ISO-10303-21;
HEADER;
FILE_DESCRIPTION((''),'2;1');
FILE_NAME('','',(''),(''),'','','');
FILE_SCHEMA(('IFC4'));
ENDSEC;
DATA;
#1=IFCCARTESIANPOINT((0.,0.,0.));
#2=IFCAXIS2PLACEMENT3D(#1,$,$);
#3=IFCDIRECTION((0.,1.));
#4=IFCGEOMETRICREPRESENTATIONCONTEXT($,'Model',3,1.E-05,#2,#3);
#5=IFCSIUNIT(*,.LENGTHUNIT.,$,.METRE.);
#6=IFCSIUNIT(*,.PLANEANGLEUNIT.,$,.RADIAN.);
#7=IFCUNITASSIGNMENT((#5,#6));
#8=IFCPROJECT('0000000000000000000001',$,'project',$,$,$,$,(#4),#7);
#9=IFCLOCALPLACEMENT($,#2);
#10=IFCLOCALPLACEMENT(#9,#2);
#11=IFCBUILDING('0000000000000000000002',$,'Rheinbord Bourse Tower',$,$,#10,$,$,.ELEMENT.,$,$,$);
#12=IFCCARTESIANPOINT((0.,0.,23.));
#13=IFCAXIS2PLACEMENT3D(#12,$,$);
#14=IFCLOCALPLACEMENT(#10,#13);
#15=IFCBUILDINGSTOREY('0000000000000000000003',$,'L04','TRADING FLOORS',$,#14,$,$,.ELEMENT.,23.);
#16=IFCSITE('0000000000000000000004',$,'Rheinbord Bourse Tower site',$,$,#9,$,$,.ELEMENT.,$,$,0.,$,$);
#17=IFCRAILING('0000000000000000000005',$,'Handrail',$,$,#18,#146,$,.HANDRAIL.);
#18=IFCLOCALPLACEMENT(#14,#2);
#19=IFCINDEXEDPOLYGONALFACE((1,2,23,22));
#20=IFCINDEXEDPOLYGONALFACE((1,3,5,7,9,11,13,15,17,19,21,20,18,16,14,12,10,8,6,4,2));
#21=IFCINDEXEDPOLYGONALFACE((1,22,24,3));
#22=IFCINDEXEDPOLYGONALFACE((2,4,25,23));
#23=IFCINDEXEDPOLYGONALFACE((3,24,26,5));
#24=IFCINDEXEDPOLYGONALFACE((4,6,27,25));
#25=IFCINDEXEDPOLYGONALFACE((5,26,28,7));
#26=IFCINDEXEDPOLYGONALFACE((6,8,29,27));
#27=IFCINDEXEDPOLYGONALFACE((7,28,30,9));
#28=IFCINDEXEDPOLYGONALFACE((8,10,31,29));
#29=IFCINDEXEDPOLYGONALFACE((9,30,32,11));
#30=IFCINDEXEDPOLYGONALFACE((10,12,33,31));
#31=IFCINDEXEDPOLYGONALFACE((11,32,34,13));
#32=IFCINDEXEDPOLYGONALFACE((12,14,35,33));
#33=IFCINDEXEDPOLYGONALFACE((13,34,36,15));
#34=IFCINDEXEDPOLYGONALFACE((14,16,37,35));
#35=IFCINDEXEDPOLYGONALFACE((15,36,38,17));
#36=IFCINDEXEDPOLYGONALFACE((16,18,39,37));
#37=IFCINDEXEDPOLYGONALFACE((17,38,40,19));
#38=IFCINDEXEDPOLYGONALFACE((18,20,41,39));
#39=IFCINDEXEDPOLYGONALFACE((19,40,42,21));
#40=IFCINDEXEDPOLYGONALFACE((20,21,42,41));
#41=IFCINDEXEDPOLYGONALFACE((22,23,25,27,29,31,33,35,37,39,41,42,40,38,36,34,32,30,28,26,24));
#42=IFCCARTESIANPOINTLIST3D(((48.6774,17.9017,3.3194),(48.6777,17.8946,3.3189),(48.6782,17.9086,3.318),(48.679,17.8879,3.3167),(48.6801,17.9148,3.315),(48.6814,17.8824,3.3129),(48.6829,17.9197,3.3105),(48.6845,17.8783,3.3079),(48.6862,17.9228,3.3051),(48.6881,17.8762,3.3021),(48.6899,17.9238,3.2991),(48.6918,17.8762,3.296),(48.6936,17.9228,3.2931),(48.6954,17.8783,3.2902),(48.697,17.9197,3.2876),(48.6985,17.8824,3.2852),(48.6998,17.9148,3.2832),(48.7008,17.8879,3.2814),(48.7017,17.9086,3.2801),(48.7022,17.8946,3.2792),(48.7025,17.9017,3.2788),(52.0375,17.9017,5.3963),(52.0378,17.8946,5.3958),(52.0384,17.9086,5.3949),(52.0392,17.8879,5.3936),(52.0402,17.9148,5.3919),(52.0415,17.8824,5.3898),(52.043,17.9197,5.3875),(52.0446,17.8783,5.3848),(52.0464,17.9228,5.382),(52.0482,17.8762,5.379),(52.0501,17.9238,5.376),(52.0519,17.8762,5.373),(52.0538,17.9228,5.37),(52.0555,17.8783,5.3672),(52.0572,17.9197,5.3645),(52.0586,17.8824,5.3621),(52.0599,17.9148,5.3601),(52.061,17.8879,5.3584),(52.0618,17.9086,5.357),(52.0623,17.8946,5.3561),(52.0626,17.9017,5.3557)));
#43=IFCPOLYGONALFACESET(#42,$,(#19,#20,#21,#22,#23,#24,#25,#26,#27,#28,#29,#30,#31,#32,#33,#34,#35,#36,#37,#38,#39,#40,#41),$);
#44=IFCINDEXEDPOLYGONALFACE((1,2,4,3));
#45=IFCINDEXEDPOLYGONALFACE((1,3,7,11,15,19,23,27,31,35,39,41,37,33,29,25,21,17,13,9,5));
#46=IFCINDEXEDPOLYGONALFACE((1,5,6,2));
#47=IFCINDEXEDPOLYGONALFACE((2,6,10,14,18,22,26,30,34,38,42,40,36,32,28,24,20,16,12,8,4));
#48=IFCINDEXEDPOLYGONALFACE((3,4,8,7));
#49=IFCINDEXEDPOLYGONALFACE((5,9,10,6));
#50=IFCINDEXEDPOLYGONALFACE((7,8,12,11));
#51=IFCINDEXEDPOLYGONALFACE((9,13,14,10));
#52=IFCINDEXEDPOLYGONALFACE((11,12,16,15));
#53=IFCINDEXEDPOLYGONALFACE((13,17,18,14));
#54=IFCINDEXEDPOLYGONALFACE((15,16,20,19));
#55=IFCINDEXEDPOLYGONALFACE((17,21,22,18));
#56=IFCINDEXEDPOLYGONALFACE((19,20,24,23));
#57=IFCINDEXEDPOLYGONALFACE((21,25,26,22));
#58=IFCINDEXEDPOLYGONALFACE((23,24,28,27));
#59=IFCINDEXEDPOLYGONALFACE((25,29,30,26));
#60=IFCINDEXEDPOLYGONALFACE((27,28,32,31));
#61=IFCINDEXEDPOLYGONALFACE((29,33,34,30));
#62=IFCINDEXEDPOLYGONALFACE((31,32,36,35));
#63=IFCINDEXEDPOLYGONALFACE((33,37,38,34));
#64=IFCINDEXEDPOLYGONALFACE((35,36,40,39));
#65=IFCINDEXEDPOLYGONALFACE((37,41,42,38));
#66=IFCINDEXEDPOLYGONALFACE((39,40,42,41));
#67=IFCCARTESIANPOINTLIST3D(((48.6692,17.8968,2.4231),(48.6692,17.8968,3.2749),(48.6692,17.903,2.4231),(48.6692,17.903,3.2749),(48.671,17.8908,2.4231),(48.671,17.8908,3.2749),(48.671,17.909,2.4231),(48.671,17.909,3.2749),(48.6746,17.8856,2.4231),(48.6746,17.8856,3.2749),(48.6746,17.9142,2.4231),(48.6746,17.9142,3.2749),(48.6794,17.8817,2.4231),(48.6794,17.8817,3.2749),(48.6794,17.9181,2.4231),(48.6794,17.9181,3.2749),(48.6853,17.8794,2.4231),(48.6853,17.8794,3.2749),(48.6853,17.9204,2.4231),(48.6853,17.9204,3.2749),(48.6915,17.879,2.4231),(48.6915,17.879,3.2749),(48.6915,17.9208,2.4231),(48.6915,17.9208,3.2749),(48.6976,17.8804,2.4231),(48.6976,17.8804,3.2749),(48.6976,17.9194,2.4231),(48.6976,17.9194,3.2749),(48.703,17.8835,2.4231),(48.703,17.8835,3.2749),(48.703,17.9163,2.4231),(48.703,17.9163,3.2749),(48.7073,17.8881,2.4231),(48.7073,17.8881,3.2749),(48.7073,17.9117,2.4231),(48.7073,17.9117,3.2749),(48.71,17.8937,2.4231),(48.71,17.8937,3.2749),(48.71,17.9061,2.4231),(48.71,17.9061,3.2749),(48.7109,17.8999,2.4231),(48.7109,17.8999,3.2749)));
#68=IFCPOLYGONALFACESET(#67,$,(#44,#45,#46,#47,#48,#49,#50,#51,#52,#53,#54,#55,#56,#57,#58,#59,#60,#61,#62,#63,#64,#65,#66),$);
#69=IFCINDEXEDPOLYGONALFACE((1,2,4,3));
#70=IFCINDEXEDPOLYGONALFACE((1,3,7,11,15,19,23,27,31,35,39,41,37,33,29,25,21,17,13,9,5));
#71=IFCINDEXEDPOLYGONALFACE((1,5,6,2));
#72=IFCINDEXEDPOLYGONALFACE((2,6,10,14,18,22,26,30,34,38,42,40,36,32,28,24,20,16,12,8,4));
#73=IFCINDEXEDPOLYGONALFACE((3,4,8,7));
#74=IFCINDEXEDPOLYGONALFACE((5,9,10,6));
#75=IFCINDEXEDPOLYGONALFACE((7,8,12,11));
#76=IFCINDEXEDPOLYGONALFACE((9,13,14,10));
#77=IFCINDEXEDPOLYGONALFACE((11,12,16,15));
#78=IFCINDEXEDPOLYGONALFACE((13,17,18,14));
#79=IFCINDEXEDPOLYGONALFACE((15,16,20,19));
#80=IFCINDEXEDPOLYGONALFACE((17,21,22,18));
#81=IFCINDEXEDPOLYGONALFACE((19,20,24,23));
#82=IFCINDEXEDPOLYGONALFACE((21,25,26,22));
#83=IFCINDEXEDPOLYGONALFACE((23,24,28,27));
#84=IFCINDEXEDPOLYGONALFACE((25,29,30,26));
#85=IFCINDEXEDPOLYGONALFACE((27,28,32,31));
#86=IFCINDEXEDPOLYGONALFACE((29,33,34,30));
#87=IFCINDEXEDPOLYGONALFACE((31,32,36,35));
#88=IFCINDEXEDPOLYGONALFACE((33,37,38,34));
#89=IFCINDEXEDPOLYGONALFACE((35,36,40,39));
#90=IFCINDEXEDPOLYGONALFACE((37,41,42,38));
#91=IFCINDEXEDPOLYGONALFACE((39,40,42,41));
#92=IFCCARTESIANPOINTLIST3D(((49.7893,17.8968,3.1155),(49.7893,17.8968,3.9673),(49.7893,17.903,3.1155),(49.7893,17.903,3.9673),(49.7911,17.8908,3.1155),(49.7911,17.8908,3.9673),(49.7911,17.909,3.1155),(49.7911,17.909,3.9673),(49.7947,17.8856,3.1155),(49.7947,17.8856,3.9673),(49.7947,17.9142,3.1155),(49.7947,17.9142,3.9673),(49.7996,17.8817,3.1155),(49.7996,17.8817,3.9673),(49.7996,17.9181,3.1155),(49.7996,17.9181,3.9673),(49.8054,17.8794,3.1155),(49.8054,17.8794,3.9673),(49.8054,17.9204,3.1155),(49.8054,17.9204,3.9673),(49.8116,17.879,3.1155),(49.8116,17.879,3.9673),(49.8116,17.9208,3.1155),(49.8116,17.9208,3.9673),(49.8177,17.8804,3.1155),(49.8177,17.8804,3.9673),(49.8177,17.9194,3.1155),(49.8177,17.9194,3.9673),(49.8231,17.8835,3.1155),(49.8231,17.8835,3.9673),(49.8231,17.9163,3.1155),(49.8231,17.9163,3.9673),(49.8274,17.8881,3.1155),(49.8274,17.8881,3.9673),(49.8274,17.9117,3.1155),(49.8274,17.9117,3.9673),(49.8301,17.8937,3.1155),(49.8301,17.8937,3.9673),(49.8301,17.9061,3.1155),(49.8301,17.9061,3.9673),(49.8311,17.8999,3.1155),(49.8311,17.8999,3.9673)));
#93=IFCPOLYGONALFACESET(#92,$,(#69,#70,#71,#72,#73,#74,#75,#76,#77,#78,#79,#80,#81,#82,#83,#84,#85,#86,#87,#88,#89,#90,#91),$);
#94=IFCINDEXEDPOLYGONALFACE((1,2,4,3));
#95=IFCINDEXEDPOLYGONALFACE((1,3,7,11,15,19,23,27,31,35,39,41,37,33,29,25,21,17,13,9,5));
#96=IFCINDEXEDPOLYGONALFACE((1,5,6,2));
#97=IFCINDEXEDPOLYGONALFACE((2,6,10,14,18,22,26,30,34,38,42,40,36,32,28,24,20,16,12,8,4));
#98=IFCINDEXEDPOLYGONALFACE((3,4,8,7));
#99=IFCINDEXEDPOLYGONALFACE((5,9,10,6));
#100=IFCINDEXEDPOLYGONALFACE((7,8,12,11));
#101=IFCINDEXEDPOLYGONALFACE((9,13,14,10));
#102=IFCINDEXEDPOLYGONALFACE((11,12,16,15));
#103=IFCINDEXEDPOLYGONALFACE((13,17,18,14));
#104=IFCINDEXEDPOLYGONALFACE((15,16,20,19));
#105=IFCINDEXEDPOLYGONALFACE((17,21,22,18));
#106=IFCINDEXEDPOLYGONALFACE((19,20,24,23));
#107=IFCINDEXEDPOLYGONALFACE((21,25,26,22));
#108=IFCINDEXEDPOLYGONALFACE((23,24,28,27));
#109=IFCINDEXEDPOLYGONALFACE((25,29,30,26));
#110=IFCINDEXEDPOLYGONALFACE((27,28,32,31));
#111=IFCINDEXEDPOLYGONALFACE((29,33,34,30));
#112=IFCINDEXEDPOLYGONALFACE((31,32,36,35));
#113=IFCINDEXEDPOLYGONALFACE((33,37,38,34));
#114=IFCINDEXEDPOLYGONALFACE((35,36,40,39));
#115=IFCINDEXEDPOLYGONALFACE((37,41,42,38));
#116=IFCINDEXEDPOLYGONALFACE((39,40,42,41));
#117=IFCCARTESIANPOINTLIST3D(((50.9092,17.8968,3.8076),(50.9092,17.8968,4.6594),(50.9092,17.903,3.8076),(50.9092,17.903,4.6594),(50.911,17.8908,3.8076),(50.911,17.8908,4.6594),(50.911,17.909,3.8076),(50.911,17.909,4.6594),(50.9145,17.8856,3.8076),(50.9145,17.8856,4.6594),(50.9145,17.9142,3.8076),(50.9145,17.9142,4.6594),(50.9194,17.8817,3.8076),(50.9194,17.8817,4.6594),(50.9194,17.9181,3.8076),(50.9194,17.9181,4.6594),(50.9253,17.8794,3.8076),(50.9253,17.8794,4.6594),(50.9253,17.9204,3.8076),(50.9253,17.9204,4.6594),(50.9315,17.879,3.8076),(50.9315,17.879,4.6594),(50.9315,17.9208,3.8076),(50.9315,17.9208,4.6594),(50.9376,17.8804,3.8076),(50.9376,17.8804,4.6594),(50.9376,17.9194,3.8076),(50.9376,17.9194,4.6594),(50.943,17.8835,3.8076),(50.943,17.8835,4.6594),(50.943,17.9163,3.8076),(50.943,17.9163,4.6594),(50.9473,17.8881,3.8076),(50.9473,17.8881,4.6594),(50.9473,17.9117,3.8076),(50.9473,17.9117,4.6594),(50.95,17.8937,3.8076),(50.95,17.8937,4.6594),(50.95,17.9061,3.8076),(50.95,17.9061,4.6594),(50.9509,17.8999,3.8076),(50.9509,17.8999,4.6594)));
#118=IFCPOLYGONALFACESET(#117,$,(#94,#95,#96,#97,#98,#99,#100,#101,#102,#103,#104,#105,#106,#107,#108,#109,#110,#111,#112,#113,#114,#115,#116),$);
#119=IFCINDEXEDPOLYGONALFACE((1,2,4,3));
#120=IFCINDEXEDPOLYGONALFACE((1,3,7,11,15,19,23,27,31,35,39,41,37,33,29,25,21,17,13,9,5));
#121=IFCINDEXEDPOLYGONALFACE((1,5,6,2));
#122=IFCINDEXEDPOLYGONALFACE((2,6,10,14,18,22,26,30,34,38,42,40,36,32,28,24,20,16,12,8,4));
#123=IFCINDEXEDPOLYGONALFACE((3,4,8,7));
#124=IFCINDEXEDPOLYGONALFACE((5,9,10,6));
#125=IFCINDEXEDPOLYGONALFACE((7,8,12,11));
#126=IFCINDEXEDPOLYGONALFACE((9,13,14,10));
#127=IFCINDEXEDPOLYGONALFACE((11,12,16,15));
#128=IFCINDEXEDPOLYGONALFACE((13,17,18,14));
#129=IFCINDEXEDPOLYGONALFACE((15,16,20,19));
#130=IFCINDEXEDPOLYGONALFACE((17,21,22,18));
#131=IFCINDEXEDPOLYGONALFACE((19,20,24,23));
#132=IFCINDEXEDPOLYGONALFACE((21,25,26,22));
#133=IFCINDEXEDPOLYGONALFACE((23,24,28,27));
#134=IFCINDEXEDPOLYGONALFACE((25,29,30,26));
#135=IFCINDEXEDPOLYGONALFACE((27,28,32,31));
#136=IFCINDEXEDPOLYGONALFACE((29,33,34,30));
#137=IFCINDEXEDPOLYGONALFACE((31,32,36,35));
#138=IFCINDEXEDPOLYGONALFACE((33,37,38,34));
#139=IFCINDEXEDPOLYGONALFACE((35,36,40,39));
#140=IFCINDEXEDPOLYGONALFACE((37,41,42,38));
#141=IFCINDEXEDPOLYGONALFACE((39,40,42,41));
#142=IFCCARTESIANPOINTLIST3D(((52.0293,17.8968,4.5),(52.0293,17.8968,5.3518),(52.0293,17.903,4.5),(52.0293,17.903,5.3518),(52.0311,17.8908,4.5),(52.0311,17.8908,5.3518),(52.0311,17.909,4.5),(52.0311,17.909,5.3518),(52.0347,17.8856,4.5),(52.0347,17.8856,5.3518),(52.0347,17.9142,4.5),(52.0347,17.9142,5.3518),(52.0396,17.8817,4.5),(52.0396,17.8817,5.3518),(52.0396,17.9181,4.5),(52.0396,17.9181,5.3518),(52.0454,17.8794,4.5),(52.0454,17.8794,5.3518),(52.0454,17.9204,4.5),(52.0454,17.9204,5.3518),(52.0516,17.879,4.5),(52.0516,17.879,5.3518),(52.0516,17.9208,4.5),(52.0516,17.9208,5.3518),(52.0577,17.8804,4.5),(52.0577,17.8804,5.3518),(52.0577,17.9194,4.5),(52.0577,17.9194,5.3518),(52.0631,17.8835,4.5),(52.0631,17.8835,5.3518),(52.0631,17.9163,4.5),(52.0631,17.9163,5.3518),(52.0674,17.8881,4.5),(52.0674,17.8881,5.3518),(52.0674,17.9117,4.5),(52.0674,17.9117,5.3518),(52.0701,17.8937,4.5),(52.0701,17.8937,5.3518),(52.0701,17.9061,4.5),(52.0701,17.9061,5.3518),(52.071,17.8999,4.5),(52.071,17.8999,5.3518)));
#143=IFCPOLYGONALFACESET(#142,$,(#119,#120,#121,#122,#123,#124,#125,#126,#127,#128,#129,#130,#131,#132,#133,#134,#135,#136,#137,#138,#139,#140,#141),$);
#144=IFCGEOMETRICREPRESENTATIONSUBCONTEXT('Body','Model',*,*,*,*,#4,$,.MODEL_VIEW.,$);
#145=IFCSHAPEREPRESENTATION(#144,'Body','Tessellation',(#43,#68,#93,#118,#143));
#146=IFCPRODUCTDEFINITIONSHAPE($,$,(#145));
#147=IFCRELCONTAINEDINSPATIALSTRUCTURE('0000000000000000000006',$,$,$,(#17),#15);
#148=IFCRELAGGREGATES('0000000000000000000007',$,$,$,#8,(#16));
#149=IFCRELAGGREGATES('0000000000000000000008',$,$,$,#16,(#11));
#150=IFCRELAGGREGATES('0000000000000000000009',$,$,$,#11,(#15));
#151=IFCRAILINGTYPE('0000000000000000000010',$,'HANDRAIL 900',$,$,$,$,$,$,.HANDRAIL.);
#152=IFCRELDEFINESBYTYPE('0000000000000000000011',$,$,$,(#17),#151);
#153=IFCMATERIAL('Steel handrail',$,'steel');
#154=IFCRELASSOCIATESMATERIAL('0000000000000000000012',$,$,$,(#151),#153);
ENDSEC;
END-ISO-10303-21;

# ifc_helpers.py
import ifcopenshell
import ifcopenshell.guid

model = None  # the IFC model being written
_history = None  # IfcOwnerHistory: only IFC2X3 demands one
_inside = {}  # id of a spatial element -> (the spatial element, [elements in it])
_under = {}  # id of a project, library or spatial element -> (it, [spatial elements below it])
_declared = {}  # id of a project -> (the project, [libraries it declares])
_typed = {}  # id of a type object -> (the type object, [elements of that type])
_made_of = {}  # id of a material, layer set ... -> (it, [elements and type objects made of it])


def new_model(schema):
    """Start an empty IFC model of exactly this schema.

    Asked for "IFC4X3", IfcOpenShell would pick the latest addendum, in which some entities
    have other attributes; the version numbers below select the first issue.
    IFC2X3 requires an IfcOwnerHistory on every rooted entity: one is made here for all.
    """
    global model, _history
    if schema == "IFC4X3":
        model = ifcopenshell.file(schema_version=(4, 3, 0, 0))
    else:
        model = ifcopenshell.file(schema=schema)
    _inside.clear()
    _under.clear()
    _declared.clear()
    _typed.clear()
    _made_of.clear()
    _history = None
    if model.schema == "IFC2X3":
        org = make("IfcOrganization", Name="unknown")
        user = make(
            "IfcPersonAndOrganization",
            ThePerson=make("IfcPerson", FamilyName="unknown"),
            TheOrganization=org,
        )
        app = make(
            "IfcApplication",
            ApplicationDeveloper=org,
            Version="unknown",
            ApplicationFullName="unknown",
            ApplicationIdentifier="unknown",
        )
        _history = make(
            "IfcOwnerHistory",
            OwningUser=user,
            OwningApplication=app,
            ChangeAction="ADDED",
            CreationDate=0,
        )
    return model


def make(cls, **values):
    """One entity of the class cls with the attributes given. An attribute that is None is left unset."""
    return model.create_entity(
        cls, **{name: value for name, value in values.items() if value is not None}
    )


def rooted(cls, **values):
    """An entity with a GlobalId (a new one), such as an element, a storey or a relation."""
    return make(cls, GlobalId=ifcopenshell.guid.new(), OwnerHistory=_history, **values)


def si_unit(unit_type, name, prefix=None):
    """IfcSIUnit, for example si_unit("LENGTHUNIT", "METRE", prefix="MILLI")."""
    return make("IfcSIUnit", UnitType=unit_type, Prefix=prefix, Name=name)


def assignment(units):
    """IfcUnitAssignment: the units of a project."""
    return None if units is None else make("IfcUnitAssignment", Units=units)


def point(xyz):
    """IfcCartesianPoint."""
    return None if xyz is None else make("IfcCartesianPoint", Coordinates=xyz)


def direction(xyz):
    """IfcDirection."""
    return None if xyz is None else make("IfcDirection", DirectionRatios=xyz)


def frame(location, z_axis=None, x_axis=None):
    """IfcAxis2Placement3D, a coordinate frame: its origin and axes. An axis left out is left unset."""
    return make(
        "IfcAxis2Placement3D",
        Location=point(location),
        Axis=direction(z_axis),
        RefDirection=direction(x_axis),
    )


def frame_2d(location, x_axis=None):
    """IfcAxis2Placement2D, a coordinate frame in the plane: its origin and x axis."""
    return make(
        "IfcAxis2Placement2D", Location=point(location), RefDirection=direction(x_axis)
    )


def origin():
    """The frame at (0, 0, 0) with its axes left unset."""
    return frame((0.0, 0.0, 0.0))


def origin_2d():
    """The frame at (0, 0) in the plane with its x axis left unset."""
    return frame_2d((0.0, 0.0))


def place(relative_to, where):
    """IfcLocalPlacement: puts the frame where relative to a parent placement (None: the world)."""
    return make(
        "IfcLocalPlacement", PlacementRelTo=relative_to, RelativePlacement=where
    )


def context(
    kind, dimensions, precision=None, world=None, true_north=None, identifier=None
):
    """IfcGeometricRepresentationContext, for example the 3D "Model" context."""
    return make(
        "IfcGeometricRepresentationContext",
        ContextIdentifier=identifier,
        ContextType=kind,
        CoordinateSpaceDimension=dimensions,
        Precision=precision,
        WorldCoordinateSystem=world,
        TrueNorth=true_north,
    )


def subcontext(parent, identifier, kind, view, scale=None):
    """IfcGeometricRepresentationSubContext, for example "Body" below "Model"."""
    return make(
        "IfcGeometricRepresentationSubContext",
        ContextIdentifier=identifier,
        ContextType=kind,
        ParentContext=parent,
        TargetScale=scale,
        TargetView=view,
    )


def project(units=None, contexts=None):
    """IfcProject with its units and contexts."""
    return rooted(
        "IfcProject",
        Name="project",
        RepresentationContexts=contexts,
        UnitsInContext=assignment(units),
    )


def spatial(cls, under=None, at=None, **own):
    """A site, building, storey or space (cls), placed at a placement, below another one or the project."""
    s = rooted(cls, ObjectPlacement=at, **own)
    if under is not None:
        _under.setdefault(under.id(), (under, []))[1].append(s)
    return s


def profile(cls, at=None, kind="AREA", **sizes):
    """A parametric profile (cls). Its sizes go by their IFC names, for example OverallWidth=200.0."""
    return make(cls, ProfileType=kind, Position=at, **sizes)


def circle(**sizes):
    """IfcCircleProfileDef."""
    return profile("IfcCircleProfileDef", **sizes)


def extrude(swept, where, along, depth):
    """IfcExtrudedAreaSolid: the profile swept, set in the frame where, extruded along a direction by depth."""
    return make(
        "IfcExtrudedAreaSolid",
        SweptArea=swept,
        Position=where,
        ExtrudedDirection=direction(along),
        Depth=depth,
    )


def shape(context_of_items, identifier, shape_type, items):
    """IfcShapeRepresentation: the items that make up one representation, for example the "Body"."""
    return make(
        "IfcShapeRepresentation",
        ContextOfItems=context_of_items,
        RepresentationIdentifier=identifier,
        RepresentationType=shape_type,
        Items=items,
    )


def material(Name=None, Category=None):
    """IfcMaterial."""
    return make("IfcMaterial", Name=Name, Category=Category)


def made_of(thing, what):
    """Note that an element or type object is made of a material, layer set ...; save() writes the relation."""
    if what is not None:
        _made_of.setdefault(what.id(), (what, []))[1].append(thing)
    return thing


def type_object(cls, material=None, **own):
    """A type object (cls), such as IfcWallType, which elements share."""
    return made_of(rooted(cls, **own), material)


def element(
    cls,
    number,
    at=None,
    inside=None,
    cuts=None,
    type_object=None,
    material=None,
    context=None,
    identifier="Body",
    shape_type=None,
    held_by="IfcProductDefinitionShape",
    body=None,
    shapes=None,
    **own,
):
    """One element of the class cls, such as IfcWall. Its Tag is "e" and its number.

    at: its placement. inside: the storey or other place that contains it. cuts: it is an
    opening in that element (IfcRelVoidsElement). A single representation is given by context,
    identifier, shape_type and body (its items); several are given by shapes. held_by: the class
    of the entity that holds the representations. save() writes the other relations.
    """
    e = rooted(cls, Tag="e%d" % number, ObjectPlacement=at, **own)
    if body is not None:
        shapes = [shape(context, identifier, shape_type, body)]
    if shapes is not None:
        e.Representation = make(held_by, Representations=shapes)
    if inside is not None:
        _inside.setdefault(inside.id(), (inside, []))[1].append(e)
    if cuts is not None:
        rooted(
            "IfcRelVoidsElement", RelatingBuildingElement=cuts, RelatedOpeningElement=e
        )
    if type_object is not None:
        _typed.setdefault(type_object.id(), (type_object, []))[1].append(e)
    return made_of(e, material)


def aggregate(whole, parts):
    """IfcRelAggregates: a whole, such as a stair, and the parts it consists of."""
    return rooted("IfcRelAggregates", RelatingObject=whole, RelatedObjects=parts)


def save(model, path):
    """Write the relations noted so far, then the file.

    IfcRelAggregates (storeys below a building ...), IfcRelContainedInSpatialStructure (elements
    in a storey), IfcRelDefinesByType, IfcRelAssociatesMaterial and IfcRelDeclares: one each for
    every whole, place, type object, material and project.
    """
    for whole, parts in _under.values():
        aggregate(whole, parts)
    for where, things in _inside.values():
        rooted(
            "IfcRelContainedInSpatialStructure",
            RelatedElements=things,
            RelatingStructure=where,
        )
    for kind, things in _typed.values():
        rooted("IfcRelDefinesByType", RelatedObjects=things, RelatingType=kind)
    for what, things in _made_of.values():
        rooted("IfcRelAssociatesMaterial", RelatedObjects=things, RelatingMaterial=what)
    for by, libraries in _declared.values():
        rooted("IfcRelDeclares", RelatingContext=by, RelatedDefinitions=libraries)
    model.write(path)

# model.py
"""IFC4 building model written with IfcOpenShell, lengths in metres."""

from ifc_helpers import new_model, si_unit, direction, frame, origin, origin_2d, place, context, subcontext, project, spatial, circle, extrude, material, type_object, element, save


model = new_model("IFC4")

# Units and contexts
model_context = context("Model", 3, precision=1e-05, world=origin(), true_north=direction((0.0, 1.0)))
body_context = subcontext(model_context, "Body", "Model", "MODEL_VIEW")
ifc_project = project(units=[si_unit("LENGTHUNIT", "METRE"), si_unit("PLANEANGLEUNIT", "RADIAN")], contexts=[model_context])

# Site, building, storey
site_placement = place(None, origin())
site = spatial("IfcSite", under=ifc_project, at=site_placement, Name="Rheinbord Bourse Tower site", CompositionType="ELEMENT", RefElevation=0.0)
building_placement = place(site_placement, origin())
building = spatial("IfcBuilding", under=site, at=building_placement, Name="Rheinbord Bourse Tower", CompositionType="ELEMENT")
storey_placement = place(building_placement, frame((0.0, 0.0, 23.0)))
storey = spatial("IfcBuildingStorey", under=building, at=storey_placement, Name="L04", Description="TRADING FLOORS", CompositionType="ELEMENT", Elevation=23.0)

# Railing
ifc_material_1 = material(Name="Steel handrail", Category="steel")
railing_type = type_object("IfcRailingType", Name="HANDRAIL 900", PredefinedType="HANDRAIL", material=ifc_material_1)
railing_placement = place(storey_placement, frame((48.6899, 17.8999, 2.4231)))
element("IfcRailing", 1, at=railing_placement, inside=storey, type_object=railing_type, Name="Handrail", PredefinedType="HANDRAIL", context=body_context, shape_type="SweptSolid", body=[
    extrude(circle(Radius=0.0239, at=origin_2d()), frame((0.0, 0.0, 0.876), z_axis=(0.850623, 0.0, 0.525776), x_axis=(0.0, 1.0, 0.0)), (0.0, 0.0, 1.0), 3.9502),
    extrude(circle(Radius=0.021, at=origin_2d()), origin(), (0.0, 0.0, 1.0), 0.8518),
    extrude(circle(Radius=0.021, at=origin_2d()), frame((1.1201, 0.0, 0.6924)), (0.0, 0.0, 1.0), 0.8518),
    extrude(circle(Radius=0.021, at=origin_2d()), frame((2.24, 0.0, 1.3845)), (0.0, 0.0, 1.0), 0.8518),
    extrude(circle(Radius=0.021, at=origin_2d()), frame((3.3601, 0.0, 2.0769)), (0.0, 0.0, 1.0), 0.8518),
])

save(model, "model.ifc")
